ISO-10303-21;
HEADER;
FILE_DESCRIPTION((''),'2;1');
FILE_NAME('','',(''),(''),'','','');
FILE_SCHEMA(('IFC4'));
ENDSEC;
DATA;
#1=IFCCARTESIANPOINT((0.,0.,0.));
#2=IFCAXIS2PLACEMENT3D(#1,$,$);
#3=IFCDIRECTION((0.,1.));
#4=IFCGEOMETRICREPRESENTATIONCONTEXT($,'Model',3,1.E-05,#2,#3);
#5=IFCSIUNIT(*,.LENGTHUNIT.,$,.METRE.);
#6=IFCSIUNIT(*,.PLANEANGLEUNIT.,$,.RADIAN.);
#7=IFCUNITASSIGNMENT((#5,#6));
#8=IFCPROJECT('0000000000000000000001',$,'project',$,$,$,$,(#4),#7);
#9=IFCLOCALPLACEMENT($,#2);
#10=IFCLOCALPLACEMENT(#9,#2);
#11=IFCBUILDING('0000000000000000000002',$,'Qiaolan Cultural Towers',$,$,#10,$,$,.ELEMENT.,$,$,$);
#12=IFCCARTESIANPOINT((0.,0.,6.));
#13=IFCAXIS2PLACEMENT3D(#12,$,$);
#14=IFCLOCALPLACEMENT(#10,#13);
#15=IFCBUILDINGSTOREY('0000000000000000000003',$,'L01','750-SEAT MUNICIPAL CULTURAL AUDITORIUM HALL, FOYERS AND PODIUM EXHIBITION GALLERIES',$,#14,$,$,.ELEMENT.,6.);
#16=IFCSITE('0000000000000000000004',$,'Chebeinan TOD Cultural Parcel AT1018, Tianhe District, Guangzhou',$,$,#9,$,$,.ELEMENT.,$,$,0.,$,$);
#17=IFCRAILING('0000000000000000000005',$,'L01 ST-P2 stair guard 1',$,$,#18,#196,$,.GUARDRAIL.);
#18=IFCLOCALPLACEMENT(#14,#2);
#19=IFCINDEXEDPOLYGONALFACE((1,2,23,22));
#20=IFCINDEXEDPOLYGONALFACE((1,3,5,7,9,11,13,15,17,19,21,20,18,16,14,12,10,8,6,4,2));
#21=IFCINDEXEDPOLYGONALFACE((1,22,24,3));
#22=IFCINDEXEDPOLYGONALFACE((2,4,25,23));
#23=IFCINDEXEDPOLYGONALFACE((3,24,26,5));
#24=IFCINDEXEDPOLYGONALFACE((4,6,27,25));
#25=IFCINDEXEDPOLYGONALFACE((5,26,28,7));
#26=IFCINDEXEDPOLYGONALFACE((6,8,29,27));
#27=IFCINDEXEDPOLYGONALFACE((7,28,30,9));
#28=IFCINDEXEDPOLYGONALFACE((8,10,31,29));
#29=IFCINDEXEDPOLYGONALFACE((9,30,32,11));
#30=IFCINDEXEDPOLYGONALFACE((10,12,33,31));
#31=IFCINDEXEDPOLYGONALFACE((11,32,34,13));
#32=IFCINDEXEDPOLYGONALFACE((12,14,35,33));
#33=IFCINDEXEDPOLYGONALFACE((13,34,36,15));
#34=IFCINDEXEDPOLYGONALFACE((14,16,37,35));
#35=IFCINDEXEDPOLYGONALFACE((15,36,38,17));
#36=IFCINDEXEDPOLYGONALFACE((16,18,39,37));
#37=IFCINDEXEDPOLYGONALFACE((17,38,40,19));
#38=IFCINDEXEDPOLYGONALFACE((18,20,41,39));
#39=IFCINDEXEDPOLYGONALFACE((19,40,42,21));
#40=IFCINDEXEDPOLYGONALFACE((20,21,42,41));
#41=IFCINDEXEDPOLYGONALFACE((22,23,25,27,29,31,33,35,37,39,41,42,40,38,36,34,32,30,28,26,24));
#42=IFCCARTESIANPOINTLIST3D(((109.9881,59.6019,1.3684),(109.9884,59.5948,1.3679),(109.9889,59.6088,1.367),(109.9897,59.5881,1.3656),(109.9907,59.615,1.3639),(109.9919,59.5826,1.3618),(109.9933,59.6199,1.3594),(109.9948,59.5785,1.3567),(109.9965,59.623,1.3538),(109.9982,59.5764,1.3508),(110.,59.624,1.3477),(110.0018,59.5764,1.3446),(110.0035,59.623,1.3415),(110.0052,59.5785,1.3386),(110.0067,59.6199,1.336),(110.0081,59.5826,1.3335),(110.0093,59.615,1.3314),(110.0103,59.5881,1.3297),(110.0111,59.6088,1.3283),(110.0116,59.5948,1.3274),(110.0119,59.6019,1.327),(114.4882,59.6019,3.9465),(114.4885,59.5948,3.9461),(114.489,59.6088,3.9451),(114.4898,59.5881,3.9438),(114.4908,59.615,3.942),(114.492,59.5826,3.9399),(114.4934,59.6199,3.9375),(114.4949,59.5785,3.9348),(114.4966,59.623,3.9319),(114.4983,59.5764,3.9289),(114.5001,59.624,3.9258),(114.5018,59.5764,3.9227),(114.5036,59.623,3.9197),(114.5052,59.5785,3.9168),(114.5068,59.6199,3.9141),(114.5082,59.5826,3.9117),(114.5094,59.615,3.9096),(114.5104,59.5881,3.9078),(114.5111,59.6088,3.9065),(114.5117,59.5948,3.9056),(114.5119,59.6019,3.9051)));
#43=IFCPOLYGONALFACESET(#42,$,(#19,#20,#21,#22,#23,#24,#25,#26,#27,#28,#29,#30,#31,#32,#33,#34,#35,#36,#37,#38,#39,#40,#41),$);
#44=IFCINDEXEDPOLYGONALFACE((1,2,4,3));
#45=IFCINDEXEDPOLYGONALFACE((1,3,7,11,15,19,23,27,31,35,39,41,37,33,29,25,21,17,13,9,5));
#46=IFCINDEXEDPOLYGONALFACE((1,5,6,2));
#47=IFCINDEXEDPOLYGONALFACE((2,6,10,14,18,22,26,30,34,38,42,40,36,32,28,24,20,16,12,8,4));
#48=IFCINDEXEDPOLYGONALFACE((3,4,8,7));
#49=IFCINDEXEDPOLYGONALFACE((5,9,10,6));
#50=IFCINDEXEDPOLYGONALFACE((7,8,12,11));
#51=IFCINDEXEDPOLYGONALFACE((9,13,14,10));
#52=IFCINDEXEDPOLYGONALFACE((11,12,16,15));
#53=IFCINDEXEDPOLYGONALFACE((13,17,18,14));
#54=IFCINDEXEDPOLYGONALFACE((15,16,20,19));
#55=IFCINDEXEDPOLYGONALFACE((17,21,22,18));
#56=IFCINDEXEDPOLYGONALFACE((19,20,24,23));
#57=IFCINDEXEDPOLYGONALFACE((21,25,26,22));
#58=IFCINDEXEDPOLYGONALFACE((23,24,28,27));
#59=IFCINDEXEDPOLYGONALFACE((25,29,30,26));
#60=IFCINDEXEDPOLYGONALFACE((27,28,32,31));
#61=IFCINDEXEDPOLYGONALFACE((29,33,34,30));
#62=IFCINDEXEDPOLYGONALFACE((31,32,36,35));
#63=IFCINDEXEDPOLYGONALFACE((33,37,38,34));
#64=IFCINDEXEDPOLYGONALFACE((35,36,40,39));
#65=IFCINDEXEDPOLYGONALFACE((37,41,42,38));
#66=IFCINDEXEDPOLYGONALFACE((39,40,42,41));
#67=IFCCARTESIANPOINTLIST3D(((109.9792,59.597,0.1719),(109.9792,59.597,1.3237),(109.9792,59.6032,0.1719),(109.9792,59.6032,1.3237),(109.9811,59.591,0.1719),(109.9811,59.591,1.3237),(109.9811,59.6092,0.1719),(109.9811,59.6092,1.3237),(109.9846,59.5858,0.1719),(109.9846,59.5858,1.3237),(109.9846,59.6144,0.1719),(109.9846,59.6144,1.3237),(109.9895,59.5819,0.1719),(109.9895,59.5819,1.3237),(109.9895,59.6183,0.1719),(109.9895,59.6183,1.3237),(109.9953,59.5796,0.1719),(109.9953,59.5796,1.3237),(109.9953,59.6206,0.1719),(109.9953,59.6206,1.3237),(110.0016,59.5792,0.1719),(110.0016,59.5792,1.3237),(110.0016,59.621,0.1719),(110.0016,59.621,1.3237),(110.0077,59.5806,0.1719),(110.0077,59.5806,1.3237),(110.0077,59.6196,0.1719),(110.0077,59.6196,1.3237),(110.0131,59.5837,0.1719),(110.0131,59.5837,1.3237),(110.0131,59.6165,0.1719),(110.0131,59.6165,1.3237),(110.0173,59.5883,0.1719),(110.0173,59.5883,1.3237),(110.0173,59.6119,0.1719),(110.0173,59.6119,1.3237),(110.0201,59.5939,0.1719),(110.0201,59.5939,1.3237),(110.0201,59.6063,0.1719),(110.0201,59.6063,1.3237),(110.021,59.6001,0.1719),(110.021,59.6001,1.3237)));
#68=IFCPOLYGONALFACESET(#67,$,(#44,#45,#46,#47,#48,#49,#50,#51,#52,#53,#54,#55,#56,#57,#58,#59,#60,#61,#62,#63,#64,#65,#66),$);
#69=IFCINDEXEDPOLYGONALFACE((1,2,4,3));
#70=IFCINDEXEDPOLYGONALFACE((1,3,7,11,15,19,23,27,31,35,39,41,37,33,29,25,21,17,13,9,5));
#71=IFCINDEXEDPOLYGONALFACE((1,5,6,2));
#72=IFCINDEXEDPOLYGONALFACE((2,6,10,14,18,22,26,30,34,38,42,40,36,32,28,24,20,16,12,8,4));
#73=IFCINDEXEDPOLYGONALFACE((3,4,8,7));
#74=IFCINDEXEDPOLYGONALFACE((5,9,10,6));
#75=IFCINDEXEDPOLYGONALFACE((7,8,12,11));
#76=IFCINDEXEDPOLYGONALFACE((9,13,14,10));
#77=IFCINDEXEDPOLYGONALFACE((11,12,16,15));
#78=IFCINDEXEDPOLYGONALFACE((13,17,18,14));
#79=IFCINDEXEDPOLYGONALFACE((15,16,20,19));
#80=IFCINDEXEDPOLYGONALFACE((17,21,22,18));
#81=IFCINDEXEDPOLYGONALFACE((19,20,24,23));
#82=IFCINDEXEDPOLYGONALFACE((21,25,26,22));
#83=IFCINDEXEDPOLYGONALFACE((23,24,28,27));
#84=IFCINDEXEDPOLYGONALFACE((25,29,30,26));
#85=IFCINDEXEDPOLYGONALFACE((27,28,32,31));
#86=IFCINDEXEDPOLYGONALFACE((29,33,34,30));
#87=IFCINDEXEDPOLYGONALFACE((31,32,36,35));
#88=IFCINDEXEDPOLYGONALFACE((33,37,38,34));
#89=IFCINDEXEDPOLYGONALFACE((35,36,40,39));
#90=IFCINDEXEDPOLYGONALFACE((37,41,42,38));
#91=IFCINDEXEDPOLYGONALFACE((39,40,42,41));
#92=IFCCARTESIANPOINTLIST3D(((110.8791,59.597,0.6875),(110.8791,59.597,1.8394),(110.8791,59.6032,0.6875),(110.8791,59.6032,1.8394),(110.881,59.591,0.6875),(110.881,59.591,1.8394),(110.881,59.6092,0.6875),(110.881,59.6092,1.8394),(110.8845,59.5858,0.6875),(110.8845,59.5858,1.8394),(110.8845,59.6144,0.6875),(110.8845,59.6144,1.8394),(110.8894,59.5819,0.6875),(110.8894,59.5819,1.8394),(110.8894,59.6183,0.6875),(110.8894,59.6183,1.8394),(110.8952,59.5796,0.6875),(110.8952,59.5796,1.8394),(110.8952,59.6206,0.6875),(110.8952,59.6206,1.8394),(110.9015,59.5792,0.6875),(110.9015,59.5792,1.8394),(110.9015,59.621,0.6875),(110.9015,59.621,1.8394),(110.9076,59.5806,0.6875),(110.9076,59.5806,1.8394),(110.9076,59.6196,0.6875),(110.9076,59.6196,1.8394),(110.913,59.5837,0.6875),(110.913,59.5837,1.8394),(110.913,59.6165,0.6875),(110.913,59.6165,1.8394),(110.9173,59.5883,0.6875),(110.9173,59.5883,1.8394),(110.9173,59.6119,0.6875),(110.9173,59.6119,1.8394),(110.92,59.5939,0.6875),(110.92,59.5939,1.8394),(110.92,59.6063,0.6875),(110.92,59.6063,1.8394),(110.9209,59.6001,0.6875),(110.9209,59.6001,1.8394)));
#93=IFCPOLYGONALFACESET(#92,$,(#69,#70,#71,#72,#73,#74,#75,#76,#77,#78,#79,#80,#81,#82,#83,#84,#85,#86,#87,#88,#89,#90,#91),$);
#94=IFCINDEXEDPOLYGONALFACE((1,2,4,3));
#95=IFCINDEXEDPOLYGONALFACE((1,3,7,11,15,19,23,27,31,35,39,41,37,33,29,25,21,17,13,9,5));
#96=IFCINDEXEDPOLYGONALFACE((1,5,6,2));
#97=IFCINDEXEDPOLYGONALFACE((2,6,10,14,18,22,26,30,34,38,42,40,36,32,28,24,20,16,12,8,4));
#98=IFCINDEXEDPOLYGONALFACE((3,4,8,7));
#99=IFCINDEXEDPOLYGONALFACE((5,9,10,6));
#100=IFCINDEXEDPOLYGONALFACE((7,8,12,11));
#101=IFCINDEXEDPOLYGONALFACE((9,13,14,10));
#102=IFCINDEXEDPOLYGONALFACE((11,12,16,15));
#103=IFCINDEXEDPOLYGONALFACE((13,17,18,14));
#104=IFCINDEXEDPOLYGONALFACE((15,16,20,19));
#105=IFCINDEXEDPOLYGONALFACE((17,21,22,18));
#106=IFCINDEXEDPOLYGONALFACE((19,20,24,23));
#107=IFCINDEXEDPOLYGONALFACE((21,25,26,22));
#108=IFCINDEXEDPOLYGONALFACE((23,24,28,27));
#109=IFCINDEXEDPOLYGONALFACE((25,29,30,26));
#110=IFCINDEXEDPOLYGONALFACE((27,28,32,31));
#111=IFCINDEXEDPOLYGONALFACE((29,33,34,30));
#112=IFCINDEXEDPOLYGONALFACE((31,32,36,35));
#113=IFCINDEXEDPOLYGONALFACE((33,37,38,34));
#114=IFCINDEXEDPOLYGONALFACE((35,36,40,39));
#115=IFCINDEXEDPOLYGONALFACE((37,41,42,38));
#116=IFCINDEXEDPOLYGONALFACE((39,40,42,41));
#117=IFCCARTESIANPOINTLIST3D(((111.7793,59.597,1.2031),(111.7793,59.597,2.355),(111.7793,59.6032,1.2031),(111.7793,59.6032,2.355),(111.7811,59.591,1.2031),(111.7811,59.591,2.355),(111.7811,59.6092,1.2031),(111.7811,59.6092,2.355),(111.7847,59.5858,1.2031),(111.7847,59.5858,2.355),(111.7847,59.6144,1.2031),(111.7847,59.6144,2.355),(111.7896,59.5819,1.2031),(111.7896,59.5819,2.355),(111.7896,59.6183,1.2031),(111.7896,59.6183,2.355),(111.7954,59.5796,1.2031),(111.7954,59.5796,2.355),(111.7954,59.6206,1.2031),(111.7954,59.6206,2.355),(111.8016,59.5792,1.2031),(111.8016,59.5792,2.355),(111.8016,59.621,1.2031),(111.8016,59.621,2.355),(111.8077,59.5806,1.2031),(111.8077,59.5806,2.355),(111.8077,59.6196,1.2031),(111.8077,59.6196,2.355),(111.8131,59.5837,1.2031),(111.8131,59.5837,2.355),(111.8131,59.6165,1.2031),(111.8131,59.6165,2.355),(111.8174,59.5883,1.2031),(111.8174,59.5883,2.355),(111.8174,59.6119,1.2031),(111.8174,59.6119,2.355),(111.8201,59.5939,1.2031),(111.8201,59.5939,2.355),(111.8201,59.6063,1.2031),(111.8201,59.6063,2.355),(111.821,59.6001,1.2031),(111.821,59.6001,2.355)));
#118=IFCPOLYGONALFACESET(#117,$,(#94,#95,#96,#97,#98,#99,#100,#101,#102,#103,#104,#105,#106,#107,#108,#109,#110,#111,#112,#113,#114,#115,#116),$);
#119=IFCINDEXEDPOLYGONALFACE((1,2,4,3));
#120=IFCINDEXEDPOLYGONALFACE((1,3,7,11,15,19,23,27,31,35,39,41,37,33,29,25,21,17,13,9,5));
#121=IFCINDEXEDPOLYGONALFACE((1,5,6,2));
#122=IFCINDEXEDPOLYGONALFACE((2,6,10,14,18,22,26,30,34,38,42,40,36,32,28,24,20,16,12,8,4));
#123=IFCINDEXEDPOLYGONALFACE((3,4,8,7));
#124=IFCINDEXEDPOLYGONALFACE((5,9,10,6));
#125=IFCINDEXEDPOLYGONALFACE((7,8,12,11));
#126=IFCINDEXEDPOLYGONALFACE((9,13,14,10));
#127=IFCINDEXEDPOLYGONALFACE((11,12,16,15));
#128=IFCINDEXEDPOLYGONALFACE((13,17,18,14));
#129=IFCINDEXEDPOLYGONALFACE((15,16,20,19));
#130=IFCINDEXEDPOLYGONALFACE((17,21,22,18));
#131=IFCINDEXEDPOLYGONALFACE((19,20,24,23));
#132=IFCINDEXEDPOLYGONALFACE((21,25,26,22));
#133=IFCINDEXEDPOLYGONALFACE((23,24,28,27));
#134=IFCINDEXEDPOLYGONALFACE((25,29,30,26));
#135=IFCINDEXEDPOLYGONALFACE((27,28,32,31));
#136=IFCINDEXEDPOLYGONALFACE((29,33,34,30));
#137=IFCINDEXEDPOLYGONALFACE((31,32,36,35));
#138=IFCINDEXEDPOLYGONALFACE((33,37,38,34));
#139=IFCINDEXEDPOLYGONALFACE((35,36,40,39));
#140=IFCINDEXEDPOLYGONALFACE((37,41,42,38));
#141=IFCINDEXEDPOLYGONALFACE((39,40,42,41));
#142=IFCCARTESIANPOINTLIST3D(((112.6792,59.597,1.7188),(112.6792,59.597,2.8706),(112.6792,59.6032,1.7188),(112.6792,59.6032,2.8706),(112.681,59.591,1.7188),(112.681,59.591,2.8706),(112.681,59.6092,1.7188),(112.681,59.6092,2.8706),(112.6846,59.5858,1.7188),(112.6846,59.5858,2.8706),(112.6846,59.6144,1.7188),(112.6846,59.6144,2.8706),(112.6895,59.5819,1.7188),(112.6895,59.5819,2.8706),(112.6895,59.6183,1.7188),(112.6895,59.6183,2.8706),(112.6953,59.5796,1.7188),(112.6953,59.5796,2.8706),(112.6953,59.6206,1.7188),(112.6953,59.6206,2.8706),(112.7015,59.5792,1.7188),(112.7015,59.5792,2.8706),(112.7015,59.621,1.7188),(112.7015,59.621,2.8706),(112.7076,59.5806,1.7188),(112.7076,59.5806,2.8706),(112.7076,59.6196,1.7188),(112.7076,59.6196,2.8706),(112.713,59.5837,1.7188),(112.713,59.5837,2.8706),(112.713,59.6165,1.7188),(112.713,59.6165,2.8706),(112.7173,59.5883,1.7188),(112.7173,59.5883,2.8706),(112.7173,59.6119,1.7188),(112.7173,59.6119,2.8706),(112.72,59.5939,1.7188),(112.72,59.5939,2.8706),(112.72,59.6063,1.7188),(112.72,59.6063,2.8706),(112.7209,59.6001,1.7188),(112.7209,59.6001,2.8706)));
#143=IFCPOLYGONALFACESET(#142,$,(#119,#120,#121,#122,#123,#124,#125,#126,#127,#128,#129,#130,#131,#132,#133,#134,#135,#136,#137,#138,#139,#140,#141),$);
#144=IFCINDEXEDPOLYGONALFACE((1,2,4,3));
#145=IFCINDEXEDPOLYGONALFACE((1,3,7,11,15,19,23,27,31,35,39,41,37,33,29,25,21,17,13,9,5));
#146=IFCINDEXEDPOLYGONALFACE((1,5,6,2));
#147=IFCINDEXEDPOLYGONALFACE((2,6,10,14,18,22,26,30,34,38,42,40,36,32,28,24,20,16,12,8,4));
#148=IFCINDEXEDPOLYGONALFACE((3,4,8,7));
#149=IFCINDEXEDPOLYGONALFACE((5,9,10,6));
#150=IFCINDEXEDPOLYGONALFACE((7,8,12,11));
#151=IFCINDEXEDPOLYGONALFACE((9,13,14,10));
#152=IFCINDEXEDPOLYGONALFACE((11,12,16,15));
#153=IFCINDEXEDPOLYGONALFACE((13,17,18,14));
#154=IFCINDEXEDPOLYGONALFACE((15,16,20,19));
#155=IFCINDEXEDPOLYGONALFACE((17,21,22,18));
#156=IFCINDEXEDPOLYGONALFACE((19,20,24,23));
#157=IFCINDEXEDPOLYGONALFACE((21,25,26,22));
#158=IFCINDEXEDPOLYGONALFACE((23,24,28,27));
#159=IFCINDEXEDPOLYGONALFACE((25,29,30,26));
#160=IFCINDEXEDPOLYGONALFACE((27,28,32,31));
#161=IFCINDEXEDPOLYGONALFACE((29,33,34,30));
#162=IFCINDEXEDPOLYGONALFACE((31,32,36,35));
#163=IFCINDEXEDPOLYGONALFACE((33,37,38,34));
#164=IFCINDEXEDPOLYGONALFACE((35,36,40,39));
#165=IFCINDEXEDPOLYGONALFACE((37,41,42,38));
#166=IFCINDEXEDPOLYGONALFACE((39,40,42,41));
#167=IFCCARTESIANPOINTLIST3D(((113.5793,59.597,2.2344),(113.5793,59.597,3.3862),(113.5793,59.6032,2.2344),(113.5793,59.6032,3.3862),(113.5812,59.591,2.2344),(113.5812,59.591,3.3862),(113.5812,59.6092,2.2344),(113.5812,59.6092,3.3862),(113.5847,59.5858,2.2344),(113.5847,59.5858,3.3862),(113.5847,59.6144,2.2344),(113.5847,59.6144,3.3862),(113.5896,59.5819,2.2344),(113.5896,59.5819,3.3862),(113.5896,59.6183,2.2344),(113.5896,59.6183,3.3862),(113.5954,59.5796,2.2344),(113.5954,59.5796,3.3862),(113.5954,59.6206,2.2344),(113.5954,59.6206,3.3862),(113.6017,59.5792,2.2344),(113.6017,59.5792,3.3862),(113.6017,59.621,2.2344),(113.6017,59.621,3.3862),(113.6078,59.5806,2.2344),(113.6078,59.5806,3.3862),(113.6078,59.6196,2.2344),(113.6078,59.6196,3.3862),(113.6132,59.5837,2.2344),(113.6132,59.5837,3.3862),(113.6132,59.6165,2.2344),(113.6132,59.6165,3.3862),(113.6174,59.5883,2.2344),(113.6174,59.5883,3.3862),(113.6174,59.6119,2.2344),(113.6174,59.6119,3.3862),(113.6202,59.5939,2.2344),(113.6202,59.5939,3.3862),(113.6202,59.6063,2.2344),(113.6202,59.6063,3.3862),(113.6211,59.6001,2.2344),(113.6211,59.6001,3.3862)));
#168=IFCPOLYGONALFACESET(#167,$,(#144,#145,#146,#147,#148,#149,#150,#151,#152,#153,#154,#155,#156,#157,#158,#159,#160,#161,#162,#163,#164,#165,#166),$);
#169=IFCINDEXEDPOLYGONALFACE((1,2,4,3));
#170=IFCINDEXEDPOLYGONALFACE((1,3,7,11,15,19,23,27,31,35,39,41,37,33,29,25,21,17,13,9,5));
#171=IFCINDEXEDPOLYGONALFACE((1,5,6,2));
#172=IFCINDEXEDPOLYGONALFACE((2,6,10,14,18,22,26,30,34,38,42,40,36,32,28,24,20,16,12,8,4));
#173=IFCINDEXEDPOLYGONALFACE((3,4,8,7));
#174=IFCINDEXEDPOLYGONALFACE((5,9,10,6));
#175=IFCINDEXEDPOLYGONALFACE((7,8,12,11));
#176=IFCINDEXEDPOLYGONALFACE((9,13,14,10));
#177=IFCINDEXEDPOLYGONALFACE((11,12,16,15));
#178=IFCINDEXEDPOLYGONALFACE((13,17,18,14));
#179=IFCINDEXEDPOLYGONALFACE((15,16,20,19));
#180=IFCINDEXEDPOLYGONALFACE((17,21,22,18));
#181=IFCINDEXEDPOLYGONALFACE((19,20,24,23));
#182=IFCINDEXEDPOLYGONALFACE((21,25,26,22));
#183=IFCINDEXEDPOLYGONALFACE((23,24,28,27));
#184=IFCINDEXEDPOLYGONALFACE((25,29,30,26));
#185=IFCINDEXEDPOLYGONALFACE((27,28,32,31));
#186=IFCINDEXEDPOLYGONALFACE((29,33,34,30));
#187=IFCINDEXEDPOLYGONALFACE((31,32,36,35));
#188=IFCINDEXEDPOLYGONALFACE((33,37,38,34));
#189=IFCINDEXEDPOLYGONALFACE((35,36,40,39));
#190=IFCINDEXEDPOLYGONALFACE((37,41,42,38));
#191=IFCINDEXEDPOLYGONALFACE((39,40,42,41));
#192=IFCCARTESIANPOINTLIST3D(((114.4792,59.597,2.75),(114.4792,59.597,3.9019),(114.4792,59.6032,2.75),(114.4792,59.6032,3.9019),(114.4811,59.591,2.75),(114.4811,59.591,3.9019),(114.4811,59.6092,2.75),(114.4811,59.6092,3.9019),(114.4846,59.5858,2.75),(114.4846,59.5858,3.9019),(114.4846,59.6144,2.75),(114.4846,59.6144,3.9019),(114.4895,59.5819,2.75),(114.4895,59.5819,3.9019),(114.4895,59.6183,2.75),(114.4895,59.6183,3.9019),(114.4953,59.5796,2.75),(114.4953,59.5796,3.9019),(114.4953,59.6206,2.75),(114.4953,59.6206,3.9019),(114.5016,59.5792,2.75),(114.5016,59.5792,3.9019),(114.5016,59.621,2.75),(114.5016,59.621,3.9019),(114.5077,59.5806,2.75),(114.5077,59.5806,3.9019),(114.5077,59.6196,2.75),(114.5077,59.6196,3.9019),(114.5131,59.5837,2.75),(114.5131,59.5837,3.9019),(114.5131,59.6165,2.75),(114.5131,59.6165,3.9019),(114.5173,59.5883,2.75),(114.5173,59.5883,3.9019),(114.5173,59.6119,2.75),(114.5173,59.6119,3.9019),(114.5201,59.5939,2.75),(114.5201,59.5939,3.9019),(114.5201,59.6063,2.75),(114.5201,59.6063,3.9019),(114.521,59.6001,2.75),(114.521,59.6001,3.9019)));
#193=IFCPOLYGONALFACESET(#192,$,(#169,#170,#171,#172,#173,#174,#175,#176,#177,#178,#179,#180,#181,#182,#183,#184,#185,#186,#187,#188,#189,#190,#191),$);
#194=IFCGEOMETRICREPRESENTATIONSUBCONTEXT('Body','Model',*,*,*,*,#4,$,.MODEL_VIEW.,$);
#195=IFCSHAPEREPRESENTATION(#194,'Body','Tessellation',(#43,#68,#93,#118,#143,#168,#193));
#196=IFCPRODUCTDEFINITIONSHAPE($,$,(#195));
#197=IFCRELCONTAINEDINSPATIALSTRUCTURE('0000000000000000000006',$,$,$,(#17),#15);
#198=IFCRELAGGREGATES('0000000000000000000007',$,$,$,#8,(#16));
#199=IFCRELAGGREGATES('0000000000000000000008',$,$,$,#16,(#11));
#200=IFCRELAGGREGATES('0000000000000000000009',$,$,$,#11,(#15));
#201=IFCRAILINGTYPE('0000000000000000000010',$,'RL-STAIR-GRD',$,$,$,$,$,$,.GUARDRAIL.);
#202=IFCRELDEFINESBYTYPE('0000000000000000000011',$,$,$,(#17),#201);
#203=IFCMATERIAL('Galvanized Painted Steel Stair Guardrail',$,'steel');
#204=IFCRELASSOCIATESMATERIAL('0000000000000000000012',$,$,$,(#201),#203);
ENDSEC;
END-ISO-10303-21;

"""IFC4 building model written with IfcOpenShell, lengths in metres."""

from ifc_helpers import new_model, si_unit, direction, frame, origin, origin_2d, place, context, subcontext, project, spatial, circle, extrude, material, type_object, element, save


model = new_model("IFC4")

# Units and contexts
model_context = context("Model", 3, precision=1e-05, world=origin(), true_north=direction((0.0, 1.0)))
body_context = subcontext(model_context, "Body", "Model", "MODEL_VIEW")
ifc_project = project(units=[si_unit("LENGTHUNIT", "METRE"), si_unit("PLANEANGLEUNIT", "RADIAN")], contexts=[model_context])

# Site, building, storey
site_placement = place(None, origin())
site = spatial("IfcSite", under=ifc_project, at=site_placement, Name="Chebeinan TOD Cultural Parcel AT1018, Tianhe District, Guangzhou", CompositionType="ELEMENT", RefElevation=0.0)
building_placement = place(site_placement, origin())
building = spatial("IfcBuilding", under=site, at=building_placement, Name="Qiaolan Cultural Towers", CompositionType="ELEMENT")
storey_placement = place(building_placement, frame((0.0, 0.0, 6.0)))
storey = spatial("IfcBuildingStorey", under=building, at=storey_placement, Name="L01", Description="750-SEAT MUNICIPAL CULTURAL AUDITORIUM HALL, FOYERS AND PODIUM EXHIBITION GALLERIES", CompositionType="ELEMENT", Elevation=6.0)

# Railing
ifc_material_1 = material(Name="Galvanized Painted Steel Stair Guardrail", Category="steel")
railing_type_1 = type_object("IfcRailingType", Name="RL-STAIR-GRD", PredefinedType="GUARDRAIL", material=ifc_material_1)
railing_1_placement = place(storey_placement, frame((110.0, 59.6001, 0.1719)))
element("IfcRailing", 1, at=railing_1_placement, inside=storey, type_object=railing_type_1, Name="L01 ST-P2 stair guard 1", PredefinedType="GUARDRAIL", context=body_context, shape_type="SweptSolid", body=[
    extrude(circle(Radius=0.0239, at=origin_2d()), frame((0.0, 0.0, 1.1758), z_axis=(0.867686, 0.0, 0.497112), x_axis=(0.0, 1.0, 0.0)), (0.0, 0.0, 1.0), 5.1863),
    extrude(circle(Radius=0.021, at=origin_2d()), origin(), (0.0, 0.0, 1.0), 1.1519),
    extrude(circle(Radius=0.021, at=origin_2d()), frame((0.8999, 0.0, 0.5156)), (0.0, 0.0, 1.0), 1.1519),
    extrude(circle(Radius=0.021, at=origin_2d()), frame((1.8, 0.0, 1.0312)), (0.0, 0.0, 1.0), 1.1519),
    extrude(circle(Radius=0.021, at=origin_2d()), frame((2.7, 0.0, 1.5469)), (0.0, 0.0, 1.0), 1.1519),
    extrude(circle(Radius=0.021, at=origin_2d()), frame((3.6001, 0.0, 2.0625)), (0.0, 0.0, 1.0), 1.1519),
    extrude(circle(Radius=0.021, at=origin_2d()), frame((4.5, 0.0, 2.5781)), (0.0, 0.0, 1.0), 1.1519),
])

save(model, "model.ifc")
